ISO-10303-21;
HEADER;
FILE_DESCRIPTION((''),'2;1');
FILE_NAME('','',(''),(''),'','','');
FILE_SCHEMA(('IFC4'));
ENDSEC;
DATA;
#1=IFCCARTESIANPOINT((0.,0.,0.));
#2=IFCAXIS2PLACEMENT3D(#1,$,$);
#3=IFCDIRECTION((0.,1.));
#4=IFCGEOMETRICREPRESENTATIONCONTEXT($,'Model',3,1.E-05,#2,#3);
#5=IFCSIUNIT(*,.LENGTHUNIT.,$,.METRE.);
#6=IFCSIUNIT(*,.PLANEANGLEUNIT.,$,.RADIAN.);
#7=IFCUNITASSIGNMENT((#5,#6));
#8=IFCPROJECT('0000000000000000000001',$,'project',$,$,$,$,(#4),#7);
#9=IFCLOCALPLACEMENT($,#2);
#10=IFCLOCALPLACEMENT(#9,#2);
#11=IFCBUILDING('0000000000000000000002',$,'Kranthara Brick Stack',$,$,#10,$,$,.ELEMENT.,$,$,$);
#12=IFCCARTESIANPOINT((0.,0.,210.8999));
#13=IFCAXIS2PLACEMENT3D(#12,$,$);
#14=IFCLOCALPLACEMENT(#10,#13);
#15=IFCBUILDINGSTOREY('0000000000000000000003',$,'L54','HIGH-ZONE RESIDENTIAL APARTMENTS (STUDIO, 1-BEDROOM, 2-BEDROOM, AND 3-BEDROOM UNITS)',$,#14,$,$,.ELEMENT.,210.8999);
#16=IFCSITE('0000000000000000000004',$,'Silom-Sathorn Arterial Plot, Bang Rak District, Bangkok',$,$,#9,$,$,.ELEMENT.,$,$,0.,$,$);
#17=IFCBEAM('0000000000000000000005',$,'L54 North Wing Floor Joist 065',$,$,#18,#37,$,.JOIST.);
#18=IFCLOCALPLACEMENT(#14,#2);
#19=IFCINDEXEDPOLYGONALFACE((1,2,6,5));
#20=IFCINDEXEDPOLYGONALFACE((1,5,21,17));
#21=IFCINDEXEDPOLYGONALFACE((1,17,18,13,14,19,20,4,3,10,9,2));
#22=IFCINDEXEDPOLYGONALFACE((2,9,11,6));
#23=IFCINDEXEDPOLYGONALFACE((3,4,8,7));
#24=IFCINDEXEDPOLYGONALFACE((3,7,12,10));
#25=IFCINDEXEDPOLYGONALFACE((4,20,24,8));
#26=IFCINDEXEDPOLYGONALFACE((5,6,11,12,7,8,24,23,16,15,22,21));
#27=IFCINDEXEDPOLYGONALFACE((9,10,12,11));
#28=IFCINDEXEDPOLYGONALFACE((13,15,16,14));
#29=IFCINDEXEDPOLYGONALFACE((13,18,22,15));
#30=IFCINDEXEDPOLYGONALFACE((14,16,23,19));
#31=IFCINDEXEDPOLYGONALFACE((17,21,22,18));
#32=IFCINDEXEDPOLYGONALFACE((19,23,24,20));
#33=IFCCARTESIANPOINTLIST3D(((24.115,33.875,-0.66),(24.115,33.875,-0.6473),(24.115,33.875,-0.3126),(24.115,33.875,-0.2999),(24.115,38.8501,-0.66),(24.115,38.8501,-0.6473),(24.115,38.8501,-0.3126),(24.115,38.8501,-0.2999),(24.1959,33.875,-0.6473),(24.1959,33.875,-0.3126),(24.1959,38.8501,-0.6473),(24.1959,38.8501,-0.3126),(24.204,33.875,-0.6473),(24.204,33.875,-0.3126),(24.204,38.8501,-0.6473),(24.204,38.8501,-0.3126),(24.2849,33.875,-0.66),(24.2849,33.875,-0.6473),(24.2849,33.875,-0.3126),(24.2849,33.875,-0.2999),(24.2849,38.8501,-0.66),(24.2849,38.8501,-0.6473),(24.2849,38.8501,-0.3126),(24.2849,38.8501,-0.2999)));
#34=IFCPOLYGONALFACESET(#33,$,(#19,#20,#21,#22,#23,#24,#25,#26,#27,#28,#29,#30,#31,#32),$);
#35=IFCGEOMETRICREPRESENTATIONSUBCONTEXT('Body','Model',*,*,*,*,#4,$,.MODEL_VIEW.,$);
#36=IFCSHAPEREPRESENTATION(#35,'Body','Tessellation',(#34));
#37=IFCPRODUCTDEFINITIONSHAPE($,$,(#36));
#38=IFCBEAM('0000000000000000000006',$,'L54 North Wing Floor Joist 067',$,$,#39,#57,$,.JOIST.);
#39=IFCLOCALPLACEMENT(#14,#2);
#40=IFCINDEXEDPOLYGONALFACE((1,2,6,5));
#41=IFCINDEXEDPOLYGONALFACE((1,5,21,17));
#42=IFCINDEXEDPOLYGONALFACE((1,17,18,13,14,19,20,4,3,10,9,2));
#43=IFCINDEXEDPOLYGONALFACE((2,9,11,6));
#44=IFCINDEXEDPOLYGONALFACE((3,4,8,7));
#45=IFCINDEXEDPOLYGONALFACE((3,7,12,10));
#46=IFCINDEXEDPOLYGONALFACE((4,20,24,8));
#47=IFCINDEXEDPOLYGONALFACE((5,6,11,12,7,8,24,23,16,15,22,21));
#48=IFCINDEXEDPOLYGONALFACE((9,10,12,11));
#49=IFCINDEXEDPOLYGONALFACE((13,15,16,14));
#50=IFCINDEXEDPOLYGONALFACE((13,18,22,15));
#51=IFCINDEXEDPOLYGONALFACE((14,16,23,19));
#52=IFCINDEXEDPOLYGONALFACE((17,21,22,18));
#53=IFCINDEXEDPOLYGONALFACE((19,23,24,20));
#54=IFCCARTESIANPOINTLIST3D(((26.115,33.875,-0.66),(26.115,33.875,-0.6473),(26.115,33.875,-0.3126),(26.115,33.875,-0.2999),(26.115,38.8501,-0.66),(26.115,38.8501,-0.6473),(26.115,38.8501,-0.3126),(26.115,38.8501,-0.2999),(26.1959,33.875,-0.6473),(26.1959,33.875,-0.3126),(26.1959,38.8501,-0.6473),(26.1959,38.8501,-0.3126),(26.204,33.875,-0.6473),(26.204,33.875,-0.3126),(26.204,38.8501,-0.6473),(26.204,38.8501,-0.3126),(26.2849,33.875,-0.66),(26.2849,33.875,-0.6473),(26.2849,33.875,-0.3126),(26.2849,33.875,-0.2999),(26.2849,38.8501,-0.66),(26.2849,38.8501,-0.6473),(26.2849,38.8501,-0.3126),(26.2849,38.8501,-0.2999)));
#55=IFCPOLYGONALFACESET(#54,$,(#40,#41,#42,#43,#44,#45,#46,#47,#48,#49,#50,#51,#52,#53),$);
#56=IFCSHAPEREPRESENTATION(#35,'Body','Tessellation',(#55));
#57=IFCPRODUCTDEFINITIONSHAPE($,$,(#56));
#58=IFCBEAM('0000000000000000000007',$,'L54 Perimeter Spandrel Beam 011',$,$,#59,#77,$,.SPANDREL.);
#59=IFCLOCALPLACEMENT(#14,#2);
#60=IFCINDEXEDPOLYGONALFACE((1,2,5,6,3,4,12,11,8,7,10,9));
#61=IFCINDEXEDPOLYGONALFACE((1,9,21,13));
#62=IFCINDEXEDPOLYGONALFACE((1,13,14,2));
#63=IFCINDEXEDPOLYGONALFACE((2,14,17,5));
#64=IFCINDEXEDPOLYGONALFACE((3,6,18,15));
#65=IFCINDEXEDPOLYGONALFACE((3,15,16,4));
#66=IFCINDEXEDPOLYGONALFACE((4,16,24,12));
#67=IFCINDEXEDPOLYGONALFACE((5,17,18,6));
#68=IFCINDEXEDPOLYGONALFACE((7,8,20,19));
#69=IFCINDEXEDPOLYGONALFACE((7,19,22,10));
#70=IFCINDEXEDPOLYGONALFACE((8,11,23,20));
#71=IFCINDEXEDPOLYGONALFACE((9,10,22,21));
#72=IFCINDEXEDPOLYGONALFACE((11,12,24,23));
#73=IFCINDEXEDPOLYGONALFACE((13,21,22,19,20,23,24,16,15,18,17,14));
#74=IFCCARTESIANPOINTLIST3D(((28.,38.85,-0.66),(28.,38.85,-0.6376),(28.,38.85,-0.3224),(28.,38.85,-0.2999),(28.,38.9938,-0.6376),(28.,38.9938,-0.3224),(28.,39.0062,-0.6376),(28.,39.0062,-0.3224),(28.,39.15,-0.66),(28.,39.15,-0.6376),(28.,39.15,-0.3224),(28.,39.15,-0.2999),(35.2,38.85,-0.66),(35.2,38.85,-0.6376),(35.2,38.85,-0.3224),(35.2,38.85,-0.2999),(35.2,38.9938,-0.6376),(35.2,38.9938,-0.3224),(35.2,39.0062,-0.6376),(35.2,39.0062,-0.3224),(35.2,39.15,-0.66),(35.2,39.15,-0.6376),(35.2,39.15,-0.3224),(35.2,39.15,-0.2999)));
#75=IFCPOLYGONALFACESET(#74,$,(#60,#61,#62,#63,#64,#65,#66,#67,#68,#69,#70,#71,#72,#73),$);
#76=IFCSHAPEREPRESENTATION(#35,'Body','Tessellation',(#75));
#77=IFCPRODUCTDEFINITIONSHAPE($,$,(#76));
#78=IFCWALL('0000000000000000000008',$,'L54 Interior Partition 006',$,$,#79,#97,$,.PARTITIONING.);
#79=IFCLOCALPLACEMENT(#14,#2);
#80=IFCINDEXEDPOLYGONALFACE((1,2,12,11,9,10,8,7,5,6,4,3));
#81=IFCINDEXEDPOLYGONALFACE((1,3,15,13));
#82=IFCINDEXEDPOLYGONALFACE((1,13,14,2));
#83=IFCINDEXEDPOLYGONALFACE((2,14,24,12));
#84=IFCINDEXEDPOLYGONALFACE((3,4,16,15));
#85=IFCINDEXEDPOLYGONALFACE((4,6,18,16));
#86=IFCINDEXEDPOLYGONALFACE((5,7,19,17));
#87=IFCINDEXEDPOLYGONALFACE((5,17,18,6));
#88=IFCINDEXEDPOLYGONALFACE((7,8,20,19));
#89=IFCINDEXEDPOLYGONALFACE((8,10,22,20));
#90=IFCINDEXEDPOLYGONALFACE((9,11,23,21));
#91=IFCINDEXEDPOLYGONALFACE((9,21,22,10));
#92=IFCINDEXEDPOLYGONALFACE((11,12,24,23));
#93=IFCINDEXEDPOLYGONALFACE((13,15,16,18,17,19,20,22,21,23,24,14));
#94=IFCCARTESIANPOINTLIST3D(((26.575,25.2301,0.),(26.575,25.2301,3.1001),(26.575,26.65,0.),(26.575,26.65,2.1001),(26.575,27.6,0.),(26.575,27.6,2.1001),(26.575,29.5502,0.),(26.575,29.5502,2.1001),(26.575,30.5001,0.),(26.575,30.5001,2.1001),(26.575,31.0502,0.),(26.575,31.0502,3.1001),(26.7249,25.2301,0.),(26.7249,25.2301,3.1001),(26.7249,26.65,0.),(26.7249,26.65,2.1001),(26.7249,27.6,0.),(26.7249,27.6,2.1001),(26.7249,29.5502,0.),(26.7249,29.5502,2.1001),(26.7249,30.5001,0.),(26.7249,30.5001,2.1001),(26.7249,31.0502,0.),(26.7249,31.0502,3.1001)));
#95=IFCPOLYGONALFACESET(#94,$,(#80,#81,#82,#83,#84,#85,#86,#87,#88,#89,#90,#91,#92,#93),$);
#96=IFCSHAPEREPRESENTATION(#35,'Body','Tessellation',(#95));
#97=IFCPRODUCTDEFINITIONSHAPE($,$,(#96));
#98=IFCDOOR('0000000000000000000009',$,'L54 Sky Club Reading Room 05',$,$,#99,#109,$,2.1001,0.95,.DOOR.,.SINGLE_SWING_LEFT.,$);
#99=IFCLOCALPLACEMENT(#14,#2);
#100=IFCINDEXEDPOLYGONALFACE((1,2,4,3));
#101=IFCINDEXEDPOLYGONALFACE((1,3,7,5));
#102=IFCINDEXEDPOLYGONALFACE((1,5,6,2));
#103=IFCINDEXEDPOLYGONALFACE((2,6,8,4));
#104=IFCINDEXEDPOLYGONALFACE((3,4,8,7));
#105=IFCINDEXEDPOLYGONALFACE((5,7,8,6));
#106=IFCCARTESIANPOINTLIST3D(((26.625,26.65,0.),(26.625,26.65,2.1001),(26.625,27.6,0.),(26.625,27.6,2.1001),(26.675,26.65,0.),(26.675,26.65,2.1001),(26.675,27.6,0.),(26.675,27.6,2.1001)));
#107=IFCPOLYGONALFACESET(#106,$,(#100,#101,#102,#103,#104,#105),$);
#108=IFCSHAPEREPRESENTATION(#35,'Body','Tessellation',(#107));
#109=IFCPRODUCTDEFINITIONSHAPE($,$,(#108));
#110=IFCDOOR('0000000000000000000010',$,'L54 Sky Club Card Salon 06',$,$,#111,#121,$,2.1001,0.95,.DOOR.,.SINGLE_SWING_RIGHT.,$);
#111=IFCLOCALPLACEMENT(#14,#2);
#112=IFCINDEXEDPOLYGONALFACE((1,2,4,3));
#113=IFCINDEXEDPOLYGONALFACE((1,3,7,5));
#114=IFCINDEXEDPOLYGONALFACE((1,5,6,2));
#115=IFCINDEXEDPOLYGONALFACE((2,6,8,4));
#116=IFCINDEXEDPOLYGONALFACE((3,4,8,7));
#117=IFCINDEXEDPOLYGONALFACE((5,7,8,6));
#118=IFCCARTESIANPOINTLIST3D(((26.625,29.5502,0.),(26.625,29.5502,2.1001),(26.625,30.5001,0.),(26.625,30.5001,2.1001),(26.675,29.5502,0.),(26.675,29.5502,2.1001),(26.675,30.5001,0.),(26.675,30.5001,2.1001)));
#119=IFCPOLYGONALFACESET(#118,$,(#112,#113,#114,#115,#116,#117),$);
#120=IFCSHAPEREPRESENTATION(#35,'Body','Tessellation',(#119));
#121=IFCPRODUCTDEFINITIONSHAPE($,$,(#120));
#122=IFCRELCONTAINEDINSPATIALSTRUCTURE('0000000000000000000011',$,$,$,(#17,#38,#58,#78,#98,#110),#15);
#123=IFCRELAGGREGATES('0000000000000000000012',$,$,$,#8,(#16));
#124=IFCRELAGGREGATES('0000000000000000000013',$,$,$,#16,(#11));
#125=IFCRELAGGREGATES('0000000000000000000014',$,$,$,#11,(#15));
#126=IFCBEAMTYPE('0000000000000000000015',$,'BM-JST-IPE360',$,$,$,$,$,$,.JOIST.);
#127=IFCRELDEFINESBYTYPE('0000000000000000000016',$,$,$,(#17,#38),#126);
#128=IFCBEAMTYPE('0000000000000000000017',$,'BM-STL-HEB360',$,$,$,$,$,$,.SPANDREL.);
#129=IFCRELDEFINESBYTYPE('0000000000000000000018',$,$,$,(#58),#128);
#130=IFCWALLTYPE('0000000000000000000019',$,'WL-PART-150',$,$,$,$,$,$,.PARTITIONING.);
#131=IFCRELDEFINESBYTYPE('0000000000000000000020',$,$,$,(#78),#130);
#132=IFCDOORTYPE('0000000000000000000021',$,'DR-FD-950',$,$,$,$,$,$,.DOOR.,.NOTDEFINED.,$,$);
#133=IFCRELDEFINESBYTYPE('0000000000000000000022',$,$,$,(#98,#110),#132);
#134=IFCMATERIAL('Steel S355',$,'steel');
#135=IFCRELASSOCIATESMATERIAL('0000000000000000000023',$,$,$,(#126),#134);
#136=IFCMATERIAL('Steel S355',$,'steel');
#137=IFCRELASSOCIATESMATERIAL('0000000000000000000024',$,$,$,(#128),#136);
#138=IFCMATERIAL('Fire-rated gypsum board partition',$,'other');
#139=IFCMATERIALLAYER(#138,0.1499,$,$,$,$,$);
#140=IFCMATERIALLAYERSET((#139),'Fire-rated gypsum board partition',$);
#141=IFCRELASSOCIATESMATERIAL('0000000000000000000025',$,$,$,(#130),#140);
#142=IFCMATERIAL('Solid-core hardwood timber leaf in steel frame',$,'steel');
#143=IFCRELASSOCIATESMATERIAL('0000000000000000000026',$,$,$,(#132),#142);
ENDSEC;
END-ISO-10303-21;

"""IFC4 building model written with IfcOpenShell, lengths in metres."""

from ifc_helpers import new_model, si_unit, direction, frame, frame_2d, origin, origin_2d, place, context, subcontext, project, spatial, rectangle, i_section, extrude, material, layer, layer_set, material_profile, profile_set, type_object, element, fill, save


model = new_model("IFC4")

# Units and contexts
model_context = context("Model", 3, precision=1e-05, world=origin(), true_north=direction((0.0, 1.0)))
body_context = subcontext(model_context, "Body", "Model", "MODEL_VIEW")
ifc_project = project(units=[si_unit("LENGTHUNIT", "METRE"), si_unit("PLANEANGLEUNIT", "RADIAN")], contexts=[model_context])

# Site, building, storey
site_placement = place(None, origin())
site = spatial("IfcSite", under=ifc_project, at=site_placement, Name="Silom-Sathorn Arterial Plot, Bang Rak District, Bangkok", CompositionType="ELEMENT", RefElevation=0.0)
building_placement = place(site_placement, origin())
building = spatial("IfcBuilding", under=site, at=building_placement, Name="Kranthara Brick Stack", CompositionType="ELEMENT")
storey_placement = place(building_placement, frame((0.0, 0.0, 210.8999)))
storey = spatial("IfcBuildingStorey", under=building, at=storey_placement, Name="L54", Description="HIGH-ZONE RESIDENTIAL APARTMENTS (STUDIO, 1-BEDROOM, 2-BEDROOM, AND 3-BEDROOM UNITS)", CompositionType="ELEMENT", Elevation=210.8999)

# Beams
ifc_material_1 = material(Name="Steel S355", Category="steel")
ifc_material_profile_1 = material_profile(ifc_material_1, i_section(OverallWidth=0.1699, OverallDepth=0.3601, WebThickness=0.0081, FlangeThickness=0.0127, at=origin_2d()), Name="IPE 360")
ifc_profile_set_1 = profile_set([ifc_material_profile_1], Name="Steel S355")
beam_type_1 = type_object("IfcBeamType", Name="BM-JST-IPE360", PredefinedType="JOIST", material=ifc_profile_set_1)
for number, where, z_axis, x_axis, name in (
    (1, (24.2, 33.875, -0.48), (0.0, 1.0, 0.0), (-1.0, 0.0, 0.0), "L54 North Wing Floor Joist 065"),
    (2, (26.2, 33.875, -0.48), (0.0, 1.0, 0.0), (-1.0, 0.0, 0.0), "L54 North Wing Floor Joist 067"),
):
    element("IfcBeam", number, at=place(storey_placement, frame(where, z_axis=z_axis, x_axis=x_axis)), inside=storey, type_object=beam_type_1, Name=name, PredefinedType="JOIST", context=body_context, shape_type="SweptSolid", body=[
        extrude(i_section(OverallWidth=0.1699, OverallDepth=0.3601, WebThickness=0.0081, FlangeThickness=0.0127, at=origin_2d()), origin(), (0.0, 0.0, 1.0), 4.9751),
    ])
ifc_material_2 = material(Name="Steel S355", Category="steel")
ifc_material_profile_2 = material_profile(ifc_material_2, i_section(OverallWidth=0.3, OverallDepth=0.3601, WebThickness=0.0125, FlangeThickness=0.0225, at=origin_2d()), Name="HEB 360")
ifc_profile_set_2 = profile_set([ifc_material_profile_2], Name="Steel S355")
beam_type_2 = type_object("IfcBeamType", Name="BM-STL-HEB360", PredefinedType="SPANDREL", material=ifc_profile_set_2)
beam_1_placement = place(storey_placement, frame((28.0, 39.0, -0.48), z_axis=(1.0, 0.0, 0.0), x_axis=(0.0, 1.0, 0.0)))
element("IfcBeam", 3, at=beam_1_placement, inside=storey, type_object=beam_type_2, Name="L54 Perimeter Spandrel Beam 011", PredefinedType="SPANDREL", context=body_context, shape_type="SweptSolid", body=[
    extrude(i_section(OverallWidth=0.3, OverallDepth=0.3601, WebThickness=0.0125, FlangeThickness=0.0225, at=origin_2d()), origin(), (0.0, 0.0, 1.0), 7.2),
])

# Wall, openings, doors
ifc_material_3 = material(Name="Fire-rated gypsum board partition", Category="other")
ifc_layer = layer(ifc_material_3, 0.1499)
ifc_layer_set = layer_set([ifc_layer], Name="Fire-rated gypsum board partition")
wall_type = type_object("IfcWallType", Name="WL-PART-150", PredefinedType="PARTITIONING", material=ifc_layer_set)
wall_placement = place(storey_placement, frame((26.6499, 25.23, 0.0), z_axis=(0.0, 0.0, 1.0), x_axis=(0.0, 1.0, 0.0)))
wall = element("IfcWall", 4, at=wall_placement, inside=storey, type_object=wall_type, Name="L54 Interior Partition 006", PredefinedType="PARTITIONING", context=body_context, shape_type="SweptSolid", body=[
    extrude(rectangle(XDim=5.8201, YDim=0.1499, at=frame_2d((2.9102, 0.0))), origin(), (0.0, 0.0, 1.0), 3.1001),
])
opening_1_placement = place(wall_placement, frame((1.4199, 0.0, 0.0)))
opening_1 = element("IfcOpeningElement", 5, at=opening_1_placement, cuts=wall, PredefinedType="OPENING", context=body_context, shape_type="SweptSolid", body=[
    extrude(rectangle(XDim=0.95, YDim=2.1001, at=frame_2d((0.4751, 1.05))), frame((0.0, 0.085, 0.0), z_axis=(0.0, -1.0, 0.0), x_axis=(1.0, 0.0, 0.0)), (0.0, 0.0, 1.0), 0.1699),
])
opening_2_placement = place(wall_placement, frame((4.3201, 0.0, 0.0)))
opening_2 = element("IfcOpeningElement", 6, at=opening_2_placement, cuts=wall, PredefinedType="OPENING", context=body_context, shape_type="SweptSolid", body=[
    extrude(rectangle(XDim=0.95, YDim=2.1001, at=frame_2d((0.4751, 1.05))), frame((0.0, 0.085, 0.0), z_axis=(0.0, -1.0, 0.0), x_axis=(1.0, 0.0, 0.0)), (0.0, 0.0, 1.0), 0.1699),
])
ifc_material_4 = material(Name="Solid-core hardwood timber leaf in steel frame", Category="steel")
door_type = type_object("IfcDoorType", Name="DR-FD-950", OperationType="NOTDEFINED", PredefinedType="DOOR", material=ifc_material_4)
door_1_placement = place(opening_1_placement, origin())
door_1 = element("IfcDoor", 7, at=door_1_placement, inside=storey, type_object=door_type, Name="L54 Sky Club Reading Room 05", OperationType="SINGLE_SWING_LEFT", OverallHeight=2.1001, OverallWidth=0.95, PredefinedType="DOOR", context=body_context, shape_type="SweptSolid", body=[
    extrude(rectangle(XDim=0.95, YDim=2.1001, at=frame_2d((0.4751, 1.05))), frame((0.0, 0.0249, 0.0), z_axis=(0.0, -1.0, 0.0), x_axis=(1.0, 0.0, 0.0)), (0.0, 0.0, 1.0), 0.05),
])
fill(opening_1, door_1)
door_2_placement = place(opening_2_placement, origin())
door_2 = element("IfcDoor", 8, at=door_2_placement, inside=storey, type_object=door_type, Name="L54 Sky Club Card Salon 06", OperationType="SINGLE_SWING_RIGHT", OverallHeight=2.1001, OverallWidth=0.95, PredefinedType="DOOR", context=body_context, shape_type="SweptSolid", body=[
    extrude(rectangle(XDim=0.95, YDim=2.1001, at=frame_2d((0.4751, 1.05))), frame((0.0, 0.0249, 0.0), z_axis=(0.0, -1.0, 0.0), x_axis=(1.0, 0.0, 0.0)), (0.0, 0.0, 1.0), 0.05),
])
fill(opening_2, door_2)

save(model, "model.ifc")
